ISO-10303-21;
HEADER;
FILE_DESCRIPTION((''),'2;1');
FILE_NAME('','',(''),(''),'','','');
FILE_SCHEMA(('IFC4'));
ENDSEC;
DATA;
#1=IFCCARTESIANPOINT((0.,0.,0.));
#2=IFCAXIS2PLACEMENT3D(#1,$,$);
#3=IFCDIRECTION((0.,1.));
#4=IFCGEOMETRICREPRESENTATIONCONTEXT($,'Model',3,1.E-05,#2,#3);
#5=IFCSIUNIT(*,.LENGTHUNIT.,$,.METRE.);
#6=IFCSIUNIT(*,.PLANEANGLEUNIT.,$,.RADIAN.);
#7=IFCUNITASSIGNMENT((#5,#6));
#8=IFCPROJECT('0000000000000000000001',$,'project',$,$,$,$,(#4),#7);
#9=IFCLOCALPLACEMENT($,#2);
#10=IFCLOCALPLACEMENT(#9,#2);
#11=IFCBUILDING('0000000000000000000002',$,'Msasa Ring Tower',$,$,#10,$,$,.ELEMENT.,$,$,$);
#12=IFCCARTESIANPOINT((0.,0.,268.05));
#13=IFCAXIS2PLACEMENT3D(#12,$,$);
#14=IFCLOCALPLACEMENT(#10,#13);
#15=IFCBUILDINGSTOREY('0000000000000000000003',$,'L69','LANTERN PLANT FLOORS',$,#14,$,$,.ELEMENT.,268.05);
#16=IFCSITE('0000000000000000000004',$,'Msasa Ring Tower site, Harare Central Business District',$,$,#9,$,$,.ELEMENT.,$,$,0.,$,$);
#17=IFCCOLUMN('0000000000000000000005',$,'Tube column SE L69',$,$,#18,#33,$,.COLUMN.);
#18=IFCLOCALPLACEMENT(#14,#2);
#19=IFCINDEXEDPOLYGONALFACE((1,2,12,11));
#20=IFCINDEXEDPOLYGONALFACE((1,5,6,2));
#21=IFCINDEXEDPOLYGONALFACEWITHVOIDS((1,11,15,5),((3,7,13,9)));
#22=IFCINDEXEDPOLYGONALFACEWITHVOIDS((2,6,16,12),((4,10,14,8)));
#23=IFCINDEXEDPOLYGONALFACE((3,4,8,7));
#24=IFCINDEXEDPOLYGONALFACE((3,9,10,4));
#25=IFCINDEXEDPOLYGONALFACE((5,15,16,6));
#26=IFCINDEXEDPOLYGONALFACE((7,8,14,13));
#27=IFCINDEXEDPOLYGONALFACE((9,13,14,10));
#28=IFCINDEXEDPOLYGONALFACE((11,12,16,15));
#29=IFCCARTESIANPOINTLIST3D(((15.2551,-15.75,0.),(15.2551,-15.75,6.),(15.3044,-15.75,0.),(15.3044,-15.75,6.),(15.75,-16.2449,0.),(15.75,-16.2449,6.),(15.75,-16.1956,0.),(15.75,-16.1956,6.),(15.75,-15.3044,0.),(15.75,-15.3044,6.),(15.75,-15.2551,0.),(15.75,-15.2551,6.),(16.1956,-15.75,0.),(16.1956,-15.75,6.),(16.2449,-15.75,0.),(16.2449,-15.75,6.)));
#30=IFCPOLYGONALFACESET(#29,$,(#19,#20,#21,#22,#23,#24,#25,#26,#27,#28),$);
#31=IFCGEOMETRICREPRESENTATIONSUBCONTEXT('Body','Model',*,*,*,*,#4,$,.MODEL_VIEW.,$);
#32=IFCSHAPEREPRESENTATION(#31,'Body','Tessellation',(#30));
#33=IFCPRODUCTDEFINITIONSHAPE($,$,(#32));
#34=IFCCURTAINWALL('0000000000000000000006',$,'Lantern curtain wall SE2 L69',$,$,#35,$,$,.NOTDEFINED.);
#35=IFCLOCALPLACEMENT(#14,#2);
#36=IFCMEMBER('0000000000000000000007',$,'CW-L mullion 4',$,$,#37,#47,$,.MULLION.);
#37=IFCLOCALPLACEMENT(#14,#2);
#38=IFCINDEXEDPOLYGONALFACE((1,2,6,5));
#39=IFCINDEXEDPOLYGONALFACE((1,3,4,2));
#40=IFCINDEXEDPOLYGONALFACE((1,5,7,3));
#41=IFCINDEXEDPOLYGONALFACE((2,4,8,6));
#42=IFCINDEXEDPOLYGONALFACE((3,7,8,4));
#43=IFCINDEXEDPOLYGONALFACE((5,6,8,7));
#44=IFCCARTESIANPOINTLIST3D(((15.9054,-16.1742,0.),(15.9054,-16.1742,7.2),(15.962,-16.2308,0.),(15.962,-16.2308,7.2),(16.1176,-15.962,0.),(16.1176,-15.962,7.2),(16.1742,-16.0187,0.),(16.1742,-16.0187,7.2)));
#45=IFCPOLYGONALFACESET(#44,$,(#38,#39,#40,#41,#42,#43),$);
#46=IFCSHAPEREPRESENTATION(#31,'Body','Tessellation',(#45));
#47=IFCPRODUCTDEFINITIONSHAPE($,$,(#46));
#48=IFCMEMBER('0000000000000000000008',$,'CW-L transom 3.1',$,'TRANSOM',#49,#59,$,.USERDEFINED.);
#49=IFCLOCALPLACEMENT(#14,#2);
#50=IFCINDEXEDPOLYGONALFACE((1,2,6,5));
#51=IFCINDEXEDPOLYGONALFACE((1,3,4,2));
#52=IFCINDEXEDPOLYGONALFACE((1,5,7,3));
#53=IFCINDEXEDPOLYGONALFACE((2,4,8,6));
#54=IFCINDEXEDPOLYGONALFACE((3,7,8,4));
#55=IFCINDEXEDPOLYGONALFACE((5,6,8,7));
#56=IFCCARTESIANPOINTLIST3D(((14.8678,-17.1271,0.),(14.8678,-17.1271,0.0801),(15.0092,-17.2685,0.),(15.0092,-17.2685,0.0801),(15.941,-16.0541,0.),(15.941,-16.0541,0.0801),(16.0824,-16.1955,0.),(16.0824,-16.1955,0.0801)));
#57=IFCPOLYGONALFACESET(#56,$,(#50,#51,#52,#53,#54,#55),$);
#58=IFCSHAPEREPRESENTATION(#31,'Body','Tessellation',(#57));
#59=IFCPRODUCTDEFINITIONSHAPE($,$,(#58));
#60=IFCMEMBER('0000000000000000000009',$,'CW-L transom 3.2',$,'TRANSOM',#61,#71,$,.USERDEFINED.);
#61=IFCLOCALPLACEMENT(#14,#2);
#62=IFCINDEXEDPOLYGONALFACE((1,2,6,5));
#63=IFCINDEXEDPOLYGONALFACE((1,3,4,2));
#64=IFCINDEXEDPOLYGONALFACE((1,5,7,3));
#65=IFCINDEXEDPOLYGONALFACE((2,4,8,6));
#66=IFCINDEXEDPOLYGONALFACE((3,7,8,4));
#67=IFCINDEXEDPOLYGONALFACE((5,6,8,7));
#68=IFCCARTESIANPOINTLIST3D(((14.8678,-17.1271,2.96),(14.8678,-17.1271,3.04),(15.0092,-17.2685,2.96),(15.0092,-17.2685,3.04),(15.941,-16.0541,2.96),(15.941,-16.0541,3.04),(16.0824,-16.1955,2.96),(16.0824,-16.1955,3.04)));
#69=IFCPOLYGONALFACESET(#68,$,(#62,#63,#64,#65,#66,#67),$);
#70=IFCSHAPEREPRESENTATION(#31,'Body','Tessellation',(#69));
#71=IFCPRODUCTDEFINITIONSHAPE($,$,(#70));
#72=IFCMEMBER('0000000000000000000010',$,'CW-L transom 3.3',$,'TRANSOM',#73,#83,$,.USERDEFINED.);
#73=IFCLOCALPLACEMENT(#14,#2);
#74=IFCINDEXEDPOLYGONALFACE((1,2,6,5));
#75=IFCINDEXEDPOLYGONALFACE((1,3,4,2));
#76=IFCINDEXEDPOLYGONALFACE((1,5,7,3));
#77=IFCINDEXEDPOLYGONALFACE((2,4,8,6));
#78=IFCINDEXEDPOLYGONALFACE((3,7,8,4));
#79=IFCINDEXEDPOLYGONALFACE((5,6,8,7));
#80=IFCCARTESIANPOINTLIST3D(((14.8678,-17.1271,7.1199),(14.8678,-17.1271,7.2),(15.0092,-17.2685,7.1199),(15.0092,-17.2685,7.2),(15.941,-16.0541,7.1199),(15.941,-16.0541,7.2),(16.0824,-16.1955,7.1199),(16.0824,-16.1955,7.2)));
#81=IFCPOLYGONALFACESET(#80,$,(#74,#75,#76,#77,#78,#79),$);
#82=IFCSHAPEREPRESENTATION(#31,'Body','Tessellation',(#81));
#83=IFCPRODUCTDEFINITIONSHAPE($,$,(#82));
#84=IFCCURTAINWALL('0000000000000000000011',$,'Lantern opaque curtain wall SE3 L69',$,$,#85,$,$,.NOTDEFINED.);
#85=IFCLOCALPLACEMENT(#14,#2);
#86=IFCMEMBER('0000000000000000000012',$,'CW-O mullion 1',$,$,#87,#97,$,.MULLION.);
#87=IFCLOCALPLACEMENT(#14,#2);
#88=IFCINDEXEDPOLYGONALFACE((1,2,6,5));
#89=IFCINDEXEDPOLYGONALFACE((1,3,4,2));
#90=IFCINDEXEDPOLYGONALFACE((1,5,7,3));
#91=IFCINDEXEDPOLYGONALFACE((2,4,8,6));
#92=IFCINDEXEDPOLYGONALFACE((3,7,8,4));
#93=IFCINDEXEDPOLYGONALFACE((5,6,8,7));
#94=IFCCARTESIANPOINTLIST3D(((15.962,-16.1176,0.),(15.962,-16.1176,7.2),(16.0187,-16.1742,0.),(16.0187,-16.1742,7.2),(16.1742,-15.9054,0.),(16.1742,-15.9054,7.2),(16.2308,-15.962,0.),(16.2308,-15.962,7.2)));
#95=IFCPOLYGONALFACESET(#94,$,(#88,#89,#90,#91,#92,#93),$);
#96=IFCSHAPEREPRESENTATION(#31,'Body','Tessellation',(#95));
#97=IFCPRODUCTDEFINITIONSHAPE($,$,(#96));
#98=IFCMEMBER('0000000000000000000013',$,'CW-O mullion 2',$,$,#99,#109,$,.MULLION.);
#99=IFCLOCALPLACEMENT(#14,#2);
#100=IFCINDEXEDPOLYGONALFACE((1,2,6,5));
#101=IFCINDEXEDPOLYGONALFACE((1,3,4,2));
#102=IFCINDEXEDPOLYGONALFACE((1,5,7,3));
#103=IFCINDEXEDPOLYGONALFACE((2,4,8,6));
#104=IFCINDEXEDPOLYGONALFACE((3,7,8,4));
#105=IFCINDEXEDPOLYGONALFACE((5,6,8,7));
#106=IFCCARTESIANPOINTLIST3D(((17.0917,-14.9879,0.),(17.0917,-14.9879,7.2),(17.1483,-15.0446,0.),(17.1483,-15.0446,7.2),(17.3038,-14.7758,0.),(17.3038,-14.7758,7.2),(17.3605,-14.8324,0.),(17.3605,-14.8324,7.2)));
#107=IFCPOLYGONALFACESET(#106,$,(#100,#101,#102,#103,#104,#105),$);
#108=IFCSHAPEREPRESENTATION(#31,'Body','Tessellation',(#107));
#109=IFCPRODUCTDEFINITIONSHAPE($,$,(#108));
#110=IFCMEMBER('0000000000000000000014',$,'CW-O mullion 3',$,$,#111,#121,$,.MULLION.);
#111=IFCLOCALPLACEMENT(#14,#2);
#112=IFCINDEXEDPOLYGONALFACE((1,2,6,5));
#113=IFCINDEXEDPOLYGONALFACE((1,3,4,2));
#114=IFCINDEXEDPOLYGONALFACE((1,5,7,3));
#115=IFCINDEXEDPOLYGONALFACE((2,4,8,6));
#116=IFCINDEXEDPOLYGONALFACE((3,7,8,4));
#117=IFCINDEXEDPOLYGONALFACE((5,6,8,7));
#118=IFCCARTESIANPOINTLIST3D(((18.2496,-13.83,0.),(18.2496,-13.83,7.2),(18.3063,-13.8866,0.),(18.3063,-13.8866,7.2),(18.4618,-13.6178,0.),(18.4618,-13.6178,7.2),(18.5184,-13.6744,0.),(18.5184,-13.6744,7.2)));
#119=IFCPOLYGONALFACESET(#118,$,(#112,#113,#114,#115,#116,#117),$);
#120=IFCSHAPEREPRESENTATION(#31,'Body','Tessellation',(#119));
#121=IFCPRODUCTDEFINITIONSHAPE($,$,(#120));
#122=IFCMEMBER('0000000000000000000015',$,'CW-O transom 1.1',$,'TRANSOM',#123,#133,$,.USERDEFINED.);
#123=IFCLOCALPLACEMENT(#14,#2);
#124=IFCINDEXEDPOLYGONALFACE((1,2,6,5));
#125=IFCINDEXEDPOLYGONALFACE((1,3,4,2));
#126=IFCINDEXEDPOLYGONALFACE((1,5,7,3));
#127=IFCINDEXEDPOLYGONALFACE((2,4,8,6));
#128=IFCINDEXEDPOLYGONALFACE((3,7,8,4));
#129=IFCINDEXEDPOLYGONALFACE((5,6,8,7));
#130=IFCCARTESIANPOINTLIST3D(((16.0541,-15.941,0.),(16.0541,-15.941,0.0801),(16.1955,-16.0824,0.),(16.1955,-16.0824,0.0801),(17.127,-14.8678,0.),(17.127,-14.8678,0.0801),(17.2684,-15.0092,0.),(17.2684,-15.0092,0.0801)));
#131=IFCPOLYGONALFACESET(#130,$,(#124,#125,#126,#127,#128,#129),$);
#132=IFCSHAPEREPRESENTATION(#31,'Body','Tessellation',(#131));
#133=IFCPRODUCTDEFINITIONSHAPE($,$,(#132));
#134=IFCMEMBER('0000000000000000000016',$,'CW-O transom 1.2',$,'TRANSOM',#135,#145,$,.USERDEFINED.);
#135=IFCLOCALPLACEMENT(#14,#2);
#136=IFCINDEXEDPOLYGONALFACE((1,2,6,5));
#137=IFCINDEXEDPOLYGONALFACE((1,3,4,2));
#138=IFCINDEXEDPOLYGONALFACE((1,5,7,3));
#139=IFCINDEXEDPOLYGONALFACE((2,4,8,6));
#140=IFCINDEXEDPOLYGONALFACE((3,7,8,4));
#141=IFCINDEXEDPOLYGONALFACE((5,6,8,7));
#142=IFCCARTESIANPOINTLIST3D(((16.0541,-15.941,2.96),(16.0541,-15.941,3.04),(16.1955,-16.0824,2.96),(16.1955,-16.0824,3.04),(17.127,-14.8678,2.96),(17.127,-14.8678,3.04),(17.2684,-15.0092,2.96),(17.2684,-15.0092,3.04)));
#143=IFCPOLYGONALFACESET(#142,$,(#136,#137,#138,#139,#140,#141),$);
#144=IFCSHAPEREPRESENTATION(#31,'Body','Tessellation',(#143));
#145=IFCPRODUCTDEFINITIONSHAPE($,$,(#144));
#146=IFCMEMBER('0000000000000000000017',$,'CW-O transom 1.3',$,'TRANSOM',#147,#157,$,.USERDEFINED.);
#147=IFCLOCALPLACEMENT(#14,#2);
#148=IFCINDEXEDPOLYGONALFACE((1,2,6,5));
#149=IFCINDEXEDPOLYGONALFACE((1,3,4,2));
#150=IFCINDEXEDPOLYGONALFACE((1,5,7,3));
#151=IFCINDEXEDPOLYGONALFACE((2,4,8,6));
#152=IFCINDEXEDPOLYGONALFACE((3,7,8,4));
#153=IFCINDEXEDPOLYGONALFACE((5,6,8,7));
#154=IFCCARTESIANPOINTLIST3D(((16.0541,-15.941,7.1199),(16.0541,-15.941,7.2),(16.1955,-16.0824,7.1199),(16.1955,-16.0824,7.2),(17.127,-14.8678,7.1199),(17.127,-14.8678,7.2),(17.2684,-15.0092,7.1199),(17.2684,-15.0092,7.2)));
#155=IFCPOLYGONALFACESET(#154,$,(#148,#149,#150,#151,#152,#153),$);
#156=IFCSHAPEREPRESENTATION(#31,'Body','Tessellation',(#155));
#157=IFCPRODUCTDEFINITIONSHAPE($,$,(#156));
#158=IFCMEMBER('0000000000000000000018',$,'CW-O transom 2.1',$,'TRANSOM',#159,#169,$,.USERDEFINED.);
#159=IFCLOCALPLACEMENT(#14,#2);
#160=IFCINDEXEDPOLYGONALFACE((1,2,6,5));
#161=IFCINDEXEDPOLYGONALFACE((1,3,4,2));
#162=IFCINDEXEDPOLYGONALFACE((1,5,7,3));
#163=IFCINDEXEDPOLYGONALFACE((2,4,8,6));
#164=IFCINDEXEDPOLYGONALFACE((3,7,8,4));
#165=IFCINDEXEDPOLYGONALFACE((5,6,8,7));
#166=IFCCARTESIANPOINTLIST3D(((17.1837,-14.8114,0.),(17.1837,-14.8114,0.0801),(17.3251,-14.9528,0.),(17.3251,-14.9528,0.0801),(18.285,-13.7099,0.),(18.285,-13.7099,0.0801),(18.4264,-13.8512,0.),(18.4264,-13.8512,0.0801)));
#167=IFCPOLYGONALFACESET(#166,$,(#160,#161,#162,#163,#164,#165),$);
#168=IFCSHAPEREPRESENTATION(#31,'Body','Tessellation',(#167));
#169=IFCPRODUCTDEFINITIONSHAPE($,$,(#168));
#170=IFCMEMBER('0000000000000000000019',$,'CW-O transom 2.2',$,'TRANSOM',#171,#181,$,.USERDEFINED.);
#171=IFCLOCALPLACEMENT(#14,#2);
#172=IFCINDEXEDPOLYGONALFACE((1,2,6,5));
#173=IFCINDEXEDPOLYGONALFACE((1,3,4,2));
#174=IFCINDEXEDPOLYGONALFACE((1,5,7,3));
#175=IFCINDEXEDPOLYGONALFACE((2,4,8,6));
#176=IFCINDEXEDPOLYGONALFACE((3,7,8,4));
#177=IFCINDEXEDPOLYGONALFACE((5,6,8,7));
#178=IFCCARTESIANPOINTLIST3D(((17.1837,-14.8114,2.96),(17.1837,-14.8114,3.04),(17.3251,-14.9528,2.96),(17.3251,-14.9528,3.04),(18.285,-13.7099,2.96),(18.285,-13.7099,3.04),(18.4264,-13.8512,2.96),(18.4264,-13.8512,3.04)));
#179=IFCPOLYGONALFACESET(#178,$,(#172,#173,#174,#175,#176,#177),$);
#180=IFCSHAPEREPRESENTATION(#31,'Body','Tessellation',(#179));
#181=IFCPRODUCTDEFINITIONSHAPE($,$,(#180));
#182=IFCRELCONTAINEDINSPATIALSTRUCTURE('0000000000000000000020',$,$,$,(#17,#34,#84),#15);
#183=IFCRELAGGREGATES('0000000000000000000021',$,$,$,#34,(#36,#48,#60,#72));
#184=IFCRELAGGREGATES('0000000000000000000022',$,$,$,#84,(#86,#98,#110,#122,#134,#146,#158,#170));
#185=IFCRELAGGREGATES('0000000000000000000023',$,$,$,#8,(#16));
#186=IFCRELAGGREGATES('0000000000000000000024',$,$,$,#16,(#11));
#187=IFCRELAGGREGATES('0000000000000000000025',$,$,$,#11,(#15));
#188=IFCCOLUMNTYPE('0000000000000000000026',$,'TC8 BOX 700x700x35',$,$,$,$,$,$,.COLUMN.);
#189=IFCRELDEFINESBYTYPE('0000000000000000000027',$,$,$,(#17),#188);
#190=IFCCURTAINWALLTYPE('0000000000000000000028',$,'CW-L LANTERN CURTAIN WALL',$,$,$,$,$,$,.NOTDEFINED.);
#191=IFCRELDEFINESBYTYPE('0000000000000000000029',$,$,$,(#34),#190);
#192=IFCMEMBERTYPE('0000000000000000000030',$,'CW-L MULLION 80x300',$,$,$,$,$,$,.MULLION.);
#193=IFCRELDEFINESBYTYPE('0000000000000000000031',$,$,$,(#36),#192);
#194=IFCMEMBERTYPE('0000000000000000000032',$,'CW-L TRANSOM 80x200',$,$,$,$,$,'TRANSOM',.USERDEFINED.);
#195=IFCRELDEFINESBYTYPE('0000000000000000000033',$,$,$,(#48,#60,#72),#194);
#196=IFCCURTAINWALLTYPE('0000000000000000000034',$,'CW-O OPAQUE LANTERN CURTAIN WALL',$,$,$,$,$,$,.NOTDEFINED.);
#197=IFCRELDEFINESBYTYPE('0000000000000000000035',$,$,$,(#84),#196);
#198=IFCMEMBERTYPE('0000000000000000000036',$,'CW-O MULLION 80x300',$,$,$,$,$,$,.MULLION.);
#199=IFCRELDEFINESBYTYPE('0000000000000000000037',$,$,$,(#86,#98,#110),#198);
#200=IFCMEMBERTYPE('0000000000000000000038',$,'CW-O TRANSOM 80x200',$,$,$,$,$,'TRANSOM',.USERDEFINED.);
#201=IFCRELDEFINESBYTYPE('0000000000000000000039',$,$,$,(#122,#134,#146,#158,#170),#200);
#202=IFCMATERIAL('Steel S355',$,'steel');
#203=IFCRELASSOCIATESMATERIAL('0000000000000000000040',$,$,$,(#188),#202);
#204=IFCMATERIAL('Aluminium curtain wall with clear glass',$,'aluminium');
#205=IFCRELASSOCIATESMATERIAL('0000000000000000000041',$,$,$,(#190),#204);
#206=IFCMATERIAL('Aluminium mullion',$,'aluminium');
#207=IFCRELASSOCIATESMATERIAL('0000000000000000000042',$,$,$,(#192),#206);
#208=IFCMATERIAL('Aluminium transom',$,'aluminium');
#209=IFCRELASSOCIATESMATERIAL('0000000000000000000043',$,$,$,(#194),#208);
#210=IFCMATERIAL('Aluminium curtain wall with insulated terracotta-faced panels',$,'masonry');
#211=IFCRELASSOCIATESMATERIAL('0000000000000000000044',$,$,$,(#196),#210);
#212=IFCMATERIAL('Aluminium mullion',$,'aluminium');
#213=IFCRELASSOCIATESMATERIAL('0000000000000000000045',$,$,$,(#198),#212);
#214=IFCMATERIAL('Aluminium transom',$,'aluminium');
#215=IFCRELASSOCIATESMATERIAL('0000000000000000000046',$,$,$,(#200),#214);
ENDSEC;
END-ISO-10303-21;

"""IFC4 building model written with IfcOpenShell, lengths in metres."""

from ifc_helpers import new_model, si_unit, direction, frame, origin, origin_2d, place, context, subcontext, project, spatial, rectangle, hollow_rectangle, extrude, material, material_profile, profile_set, type_object, element, aggregate, save


model = new_model("IFC4")

# Units and contexts
model_context = context("Model", 3, precision=1e-05, world=origin(), true_north=direction((0.0, 1.0)))
body_context = subcontext(model_context, "Body", "Model", "MODEL_VIEW")
ifc_project = project(units=[si_unit("LENGTHUNIT", "METRE"), si_unit("PLANEANGLEUNIT", "RADIAN")], contexts=[model_context])

# Site, building, storey
site_placement = place(None, origin())
site = spatial("IfcSite", under=ifc_project, at=site_placement, Name="Msasa Ring Tower site, Harare Central Business District", CompositionType="ELEMENT", RefElevation=0.0)
building_placement = place(site_placement, origin())
building = spatial("IfcBuilding", under=site, at=building_placement, Name="Msasa Ring Tower", CompositionType="ELEMENT")
storey_placement = place(building_placement, frame((0.0, 0.0, 268.05)))
storey = spatial("IfcBuildingStorey", under=building, at=storey_placement, Name="L69", Description="LANTERN PLANT FLOORS", CompositionType="ELEMENT", Elevation=268.05)

# Column
ifc_material_1 = material(Name="Steel S355", Category="steel")
ifc_material_profile_1 = material_profile(ifc_material_1, hollow_rectangle(XDim=0.7, YDim=0.7, WallThickness=0.0349, at=origin_2d()), Name="BOX 700x700x35")
ifc_profile_set_1 = profile_set([ifc_material_profile_1], Name="Steel S355")
column_type = type_object("IfcColumnType", Name="TC8 BOX 700x700x35", PredefinedType="COLUMN", material=ifc_profile_set_1)
column_placement = place(storey_placement, frame((15.75, -15.75, 0.0), z_axis=(0.0, 0.0, 1.0), x_axis=(0.707107, -0.707107, 0.0)))
element("IfcColumn", 1, at=column_placement, inside=storey, type_object=column_type, Name="Tube column SE L69", PredefinedType="COLUMN", context=body_context, shape_type="SweptSolid", body=[
    extrude(hollow_rectangle(XDim=0.7, YDim=0.7, WallThickness=0.0349, at=origin_2d()), origin(), (0.0, 0.0, 1.0), 6.0),
])

# Curtain walls, members
ifc_material_2 = material(Name="Aluminium curtain wall with clear glass", Category="aluminium")
curtain_wall_type_1 = type_object("IfcCurtainWallType", Name="CW-L LANTERN CURTAIN WALL", PredefinedType="NOTDEFINED", material=ifc_material_2)
curtain_wall_1_placement = place(storey_placement, origin())
curtain_wall_1 = element("IfcCurtainWall", 2, at=curtain_wall_1_placement, inside=storey, type_object=curtain_wall_type_1, Name="Lantern curtain wall SE2 L69", PredefinedType="NOTDEFINED")
ifc_material_3 = material(Name="Aluminium mullion", Category="aluminium")
ifc_material_profile_2 = material_profile(ifc_material_3, rectangle(XDim=0.0801, YDim=0.3, at=origin_2d()), Name="AL 80x300")
ifc_profile_set_2 = profile_set([ifc_material_profile_2], Name="Aluminium mullion")
member_type_1 = type_object("IfcMemberType", Name="CW-L MULLION 80x300", PredefinedType="MULLION", material=ifc_profile_set_2)
member_1_placement = place(storey_placement, frame((16.0398, -16.0964, 0.0), z_axis=(0.0, 0.0, 1.0), x_axis=(-0.707097, 0.707117, 0.0)))
member_1 = element("IfcMember", 3, at=member_1_placement, type_object=member_type_1, Name="CW-L mullion 4", PredefinedType="MULLION", context=body_context, shape_type="SweptSolid", body=[
    extrude(rectangle(XDim=0.0801, YDim=0.3, at=origin_2d()), origin(), (0.0, 0.0, 1.0), 7.2),
])
ifc_material_4 = material(Name="Aluminium transom", Category="aluminium")
ifc_material_profile_3 = material_profile(ifc_material_4, rectangle(XDim=0.2, YDim=0.0801, at=origin_2d()), Name="AL 80x200")
ifc_profile_set_3 = profile_set([ifc_material_profile_3], Name="Aluminium transom")
member_type_2 = type_object("IfcMemberType", Name="CW-L TRANSOM 80x200", ElementType="TRANSOM", PredefinedType="USERDEFINED", material=ifc_profile_set_3)
member_2_placement = place(storey_placement, frame((14.9385, -17.1978, 0.04), z_axis=(0.707187, 0.707026, 0.0), x_axis=(-0.707026, 0.707187, 0.0)))
member_2 = element("IfcMember", 4, at=member_2_placement, type_object=member_type_2, Name="CW-L transom 3.1", ObjectType="TRANSOM", PredefinedType="USERDEFINED", context=body_context, shape_type="SweptSolid", body=[
    extrude(rectangle(XDim=0.2, YDim=0.0801, at=origin_2d()), origin(), (0.0, 0.0, 1.0), 1.5176),
])
member_3_placement = place(storey_placement, frame((14.9385, -17.1978, 3.0), z_axis=(0.707187, 0.707026, 0.0), x_axis=(-0.707026, 0.707187, 0.0)))
member_3 = element("IfcMember", 5, at=member_3_placement, type_object=member_type_2, Name="CW-L transom 3.2", ObjectType="TRANSOM", PredefinedType="USERDEFINED", context=body_context, shape_type="SweptSolid", body=[
    extrude(rectangle(XDim=0.2, YDim=0.0801, at=origin_2d()), origin(), (0.0, 0.0, 1.0), 1.5176),
])
member_4_placement = place(storey_placement, frame((14.9385, -17.1978, 7.1599), z_axis=(0.707187, 0.707026, 0.0), x_axis=(-0.707026, 0.707187, 0.0)))
member_4 = element("IfcMember", 6, at=member_4_placement, type_object=member_type_2, Name="CW-L transom 3.3", ObjectType="TRANSOM", PredefinedType="USERDEFINED", context=body_context, shape_type="SweptSolid", body=[
    extrude(rectangle(XDim=0.2, YDim=0.0801, at=origin_2d()), origin(), (0.0, 0.0, 1.0), 1.5176),
])
ifc_material_5 = material(Name="Aluminium curtain wall with insulated terracotta-faced panels", Category="masonry")
curtain_wall_type_2 = type_object("IfcCurtainWallType", Name="CW-O OPAQUE LANTERN CURTAIN WALL", PredefinedType="NOTDEFINED", material=ifc_material_5)
curtain_wall_2_placement = place(storey_placement, origin())
curtain_wall_2 = element("IfcCurtainWall", 7, at=curtain_wall_2_placement, inside=storey, type_object=curtain_wall_type_2, Name="Lantern opaque curtain wall SE3 L69", PredefinedType="NOTDEFINED")
ifc_material_6 = material(Name="Aluminium mullion", Category="aluminium")
ifc_material_profile_4 = material_profile(ifc_material_6, rectangle(XDim=0.0801, YDim=0.3, at=origin_2d()), Name="AL 80x300")
ifc_profile_set_4 = profile_set([ifc_material_profile_4], Name="Aluminium mullion")
member_type_3 = type_object("IfcMemberType", Name="CW-O MULLION 80x300", PredefinedType="MULLION", material=ifc_profile_set_4)
member_5_placement = place(storey_placement, frame((16.0964, -16.0398, 0.0), z_axis=(0.0, 0.0, 1.0), x_axis=(-0.707107, 0.707107, 0.0)))
member_5 = element("IfcMember", 8, at=member_5_placement, type_object=member_type_3, Name="CW-O mullion 1", PredefinedType="MULLION", context=body_context, shape_type="SweptSolid", body=[
    extrude(rectangle(XDim=0.0801, YDim=0.3, at=origin_2d()), origin(), (0.0, 0.0, 1.0), 7.2),
])
member_6_placement = place(storey_placement, frame((17.2261, -14.9102, 0.0), z_axis=(0.0, 0.0, 1.0), x_axis=(-0.707107, 0.707107, 0.0)))
member_6 = element("IfcMember", 9, at=member_6_placement, type_object=member_type_3, Name="CW-O mullion 2", PredefinedType="MULLION", context=body_context, shape_type="SweptSolid", body=[
    extrude(rectangle(XDim=0.0801, YDim=0.3, at=origin_2d()), origin(), (0.0, 0.0, 1.0), 7.2),
])
member_7_placement = place(storey_placement, frame((18.384, -13.7522, 0.0), z_axis=(0.0, 0.0, 1.0), x_axis=(-0.707107, 0.707107, 0.0)))
member_7 = element("IfcMember", 10, at=member_7_placement, type_object=member_type_3, Name="CW-O mullion 3", PredefinedType="MULLION", context=body_context, shape_type="SweptSolid", body=[
    extrude(rectangle(XDim=0.0801, YDim=0.3, at=origin_2d()), origin(), (0.0, 0.0, 1.0), 7.2),
])
ifc_material_7 = material(Name="Aluminium transom", Category="aluminium")
ifc_material_profile_5 = material_profile(ifc_material_7, rectangle(XDim=0.2, YDim=0.0801, at=origin_2d()), Name="AL 80x200")
ifc_profile_set_5 = profile_set([ifc_material_profile_5], Name="Aluminium transom")
member_type_4 = type_object("IfcMemberType", Name="CW-O TRANSOM 80x200", ElementType="TRANSOM", PredefinedType="USERDEFINED", material=ifc_profile_set_5)
member_8_placement = place(storey_placement, frame((16.1248, -16.0117, 0.04), z_axis=(0.707026, 0.707187, 0.0), x_axis=(-0.707187, 0.707026, 0.0)))
member_8 = element("IfcMember", 11, at=member_8_placement, type_object=member_type_4, Name="CW-O transom 1.1", ObjectType="TRANSOM", PredefinedType="USERDEFINED", context=body_context, shape_type="SweptSolid", body=[
    extrude(rectangle(XDim=0.2, YDim=0.0801, at=origin_2d()), origin(), (0.0, 0.0, 1.0), 1.5176),
])
member_9_placement = place(storey_placement, frame((16.1248, -16.0117, 3.0), z_axis=(0.707026, 0.707187, 0.0), x_axis=(-0.707187, 0.707026, 0.0)))
member_9 = element("IfcMember", 12, at=member_9_placement, type_object=member_type_4, Name="CW-O transom 1.2", ObjectType="TRANSOM", PredefinedType="USERDEFINED", context=body_context, shape_type="SweptSolid", body=[
    extrude(rectangle(XDim=0.2, YDim=0.0801, at=origin_2d()), origin(), (0.0, 0.0, 1.0), 1.5176),
])
member_10_placement = place(storey_placement, frame((16.1248, -16.0117, 7.1599), z_axis=(0.707026, 0.707187, 0.0), x_axis=(-0.707187, 0.707026, 0.0)))
member_10 = element("IfcMember", 13, at=member_10_placement, type_object=member_type_4, Name="CW-O transom 1.3", ObjectType="TRANSOM", PredefinedType="USERDEFINED", context=body_context, shape_type="SweptSolid", body=[
    extrude(rectangle(XDim=0.2, YDim=0.0801, at=origin_2d()), origin(), (0.0, 0.0, 1.0), 1.5176),
])
member_11_placement = place(storey_placement, frame((17.2544, -14.8821, 0.04), z_axis=(0.707028, 0.707185, 0.0), x_axis=(-0.707185, 0.707028, 0.0)))
member_11 = element("IfcMember", 14, at=member_11_placement, type_object=member_type_4, Name="CW-O transom 2.1", ObjectType="TRANSOM", PredefinedType="USERDEFINED", context=body_context, shape_type="SweptSolid", body=[
    extrude(rectangle(XDim=0.2, YDim=0.0801, at=origin_2d()), origin(), (0.0, 0.0, 1.0), 1.5576),
])
member_12_placement = place(storey_placement, frame((17.2544, -14.8821, 3.0), z_axis=(0.707028, 0.707185, 0.0), x_axis=(-0.707185, 0.707028, 0.0)))
member_12 = element("IfcMember", 15, at=member_12_placement, type_object=member_type_4, Name="CW-O transom 2.2", ObjectType="TRANSOM", PredefinedType="USERDEFINED", context=body_context, shape_type="SweptSolid", body=[
    extrude(rectangle(XDim=0.2, YDim=0.0801, at=origin_2d()), origin(), (0.0, 0.0, 1.0), 1.5576),
])

aggregate(curtain_wall_1, [member_1, member_2, member_3, member_4])
aggregate(curtain_wall_2, [member_5, member_6, member_7, member_8, member_9, member_10, member_11, member_12])

save(model, "model.ifc")
